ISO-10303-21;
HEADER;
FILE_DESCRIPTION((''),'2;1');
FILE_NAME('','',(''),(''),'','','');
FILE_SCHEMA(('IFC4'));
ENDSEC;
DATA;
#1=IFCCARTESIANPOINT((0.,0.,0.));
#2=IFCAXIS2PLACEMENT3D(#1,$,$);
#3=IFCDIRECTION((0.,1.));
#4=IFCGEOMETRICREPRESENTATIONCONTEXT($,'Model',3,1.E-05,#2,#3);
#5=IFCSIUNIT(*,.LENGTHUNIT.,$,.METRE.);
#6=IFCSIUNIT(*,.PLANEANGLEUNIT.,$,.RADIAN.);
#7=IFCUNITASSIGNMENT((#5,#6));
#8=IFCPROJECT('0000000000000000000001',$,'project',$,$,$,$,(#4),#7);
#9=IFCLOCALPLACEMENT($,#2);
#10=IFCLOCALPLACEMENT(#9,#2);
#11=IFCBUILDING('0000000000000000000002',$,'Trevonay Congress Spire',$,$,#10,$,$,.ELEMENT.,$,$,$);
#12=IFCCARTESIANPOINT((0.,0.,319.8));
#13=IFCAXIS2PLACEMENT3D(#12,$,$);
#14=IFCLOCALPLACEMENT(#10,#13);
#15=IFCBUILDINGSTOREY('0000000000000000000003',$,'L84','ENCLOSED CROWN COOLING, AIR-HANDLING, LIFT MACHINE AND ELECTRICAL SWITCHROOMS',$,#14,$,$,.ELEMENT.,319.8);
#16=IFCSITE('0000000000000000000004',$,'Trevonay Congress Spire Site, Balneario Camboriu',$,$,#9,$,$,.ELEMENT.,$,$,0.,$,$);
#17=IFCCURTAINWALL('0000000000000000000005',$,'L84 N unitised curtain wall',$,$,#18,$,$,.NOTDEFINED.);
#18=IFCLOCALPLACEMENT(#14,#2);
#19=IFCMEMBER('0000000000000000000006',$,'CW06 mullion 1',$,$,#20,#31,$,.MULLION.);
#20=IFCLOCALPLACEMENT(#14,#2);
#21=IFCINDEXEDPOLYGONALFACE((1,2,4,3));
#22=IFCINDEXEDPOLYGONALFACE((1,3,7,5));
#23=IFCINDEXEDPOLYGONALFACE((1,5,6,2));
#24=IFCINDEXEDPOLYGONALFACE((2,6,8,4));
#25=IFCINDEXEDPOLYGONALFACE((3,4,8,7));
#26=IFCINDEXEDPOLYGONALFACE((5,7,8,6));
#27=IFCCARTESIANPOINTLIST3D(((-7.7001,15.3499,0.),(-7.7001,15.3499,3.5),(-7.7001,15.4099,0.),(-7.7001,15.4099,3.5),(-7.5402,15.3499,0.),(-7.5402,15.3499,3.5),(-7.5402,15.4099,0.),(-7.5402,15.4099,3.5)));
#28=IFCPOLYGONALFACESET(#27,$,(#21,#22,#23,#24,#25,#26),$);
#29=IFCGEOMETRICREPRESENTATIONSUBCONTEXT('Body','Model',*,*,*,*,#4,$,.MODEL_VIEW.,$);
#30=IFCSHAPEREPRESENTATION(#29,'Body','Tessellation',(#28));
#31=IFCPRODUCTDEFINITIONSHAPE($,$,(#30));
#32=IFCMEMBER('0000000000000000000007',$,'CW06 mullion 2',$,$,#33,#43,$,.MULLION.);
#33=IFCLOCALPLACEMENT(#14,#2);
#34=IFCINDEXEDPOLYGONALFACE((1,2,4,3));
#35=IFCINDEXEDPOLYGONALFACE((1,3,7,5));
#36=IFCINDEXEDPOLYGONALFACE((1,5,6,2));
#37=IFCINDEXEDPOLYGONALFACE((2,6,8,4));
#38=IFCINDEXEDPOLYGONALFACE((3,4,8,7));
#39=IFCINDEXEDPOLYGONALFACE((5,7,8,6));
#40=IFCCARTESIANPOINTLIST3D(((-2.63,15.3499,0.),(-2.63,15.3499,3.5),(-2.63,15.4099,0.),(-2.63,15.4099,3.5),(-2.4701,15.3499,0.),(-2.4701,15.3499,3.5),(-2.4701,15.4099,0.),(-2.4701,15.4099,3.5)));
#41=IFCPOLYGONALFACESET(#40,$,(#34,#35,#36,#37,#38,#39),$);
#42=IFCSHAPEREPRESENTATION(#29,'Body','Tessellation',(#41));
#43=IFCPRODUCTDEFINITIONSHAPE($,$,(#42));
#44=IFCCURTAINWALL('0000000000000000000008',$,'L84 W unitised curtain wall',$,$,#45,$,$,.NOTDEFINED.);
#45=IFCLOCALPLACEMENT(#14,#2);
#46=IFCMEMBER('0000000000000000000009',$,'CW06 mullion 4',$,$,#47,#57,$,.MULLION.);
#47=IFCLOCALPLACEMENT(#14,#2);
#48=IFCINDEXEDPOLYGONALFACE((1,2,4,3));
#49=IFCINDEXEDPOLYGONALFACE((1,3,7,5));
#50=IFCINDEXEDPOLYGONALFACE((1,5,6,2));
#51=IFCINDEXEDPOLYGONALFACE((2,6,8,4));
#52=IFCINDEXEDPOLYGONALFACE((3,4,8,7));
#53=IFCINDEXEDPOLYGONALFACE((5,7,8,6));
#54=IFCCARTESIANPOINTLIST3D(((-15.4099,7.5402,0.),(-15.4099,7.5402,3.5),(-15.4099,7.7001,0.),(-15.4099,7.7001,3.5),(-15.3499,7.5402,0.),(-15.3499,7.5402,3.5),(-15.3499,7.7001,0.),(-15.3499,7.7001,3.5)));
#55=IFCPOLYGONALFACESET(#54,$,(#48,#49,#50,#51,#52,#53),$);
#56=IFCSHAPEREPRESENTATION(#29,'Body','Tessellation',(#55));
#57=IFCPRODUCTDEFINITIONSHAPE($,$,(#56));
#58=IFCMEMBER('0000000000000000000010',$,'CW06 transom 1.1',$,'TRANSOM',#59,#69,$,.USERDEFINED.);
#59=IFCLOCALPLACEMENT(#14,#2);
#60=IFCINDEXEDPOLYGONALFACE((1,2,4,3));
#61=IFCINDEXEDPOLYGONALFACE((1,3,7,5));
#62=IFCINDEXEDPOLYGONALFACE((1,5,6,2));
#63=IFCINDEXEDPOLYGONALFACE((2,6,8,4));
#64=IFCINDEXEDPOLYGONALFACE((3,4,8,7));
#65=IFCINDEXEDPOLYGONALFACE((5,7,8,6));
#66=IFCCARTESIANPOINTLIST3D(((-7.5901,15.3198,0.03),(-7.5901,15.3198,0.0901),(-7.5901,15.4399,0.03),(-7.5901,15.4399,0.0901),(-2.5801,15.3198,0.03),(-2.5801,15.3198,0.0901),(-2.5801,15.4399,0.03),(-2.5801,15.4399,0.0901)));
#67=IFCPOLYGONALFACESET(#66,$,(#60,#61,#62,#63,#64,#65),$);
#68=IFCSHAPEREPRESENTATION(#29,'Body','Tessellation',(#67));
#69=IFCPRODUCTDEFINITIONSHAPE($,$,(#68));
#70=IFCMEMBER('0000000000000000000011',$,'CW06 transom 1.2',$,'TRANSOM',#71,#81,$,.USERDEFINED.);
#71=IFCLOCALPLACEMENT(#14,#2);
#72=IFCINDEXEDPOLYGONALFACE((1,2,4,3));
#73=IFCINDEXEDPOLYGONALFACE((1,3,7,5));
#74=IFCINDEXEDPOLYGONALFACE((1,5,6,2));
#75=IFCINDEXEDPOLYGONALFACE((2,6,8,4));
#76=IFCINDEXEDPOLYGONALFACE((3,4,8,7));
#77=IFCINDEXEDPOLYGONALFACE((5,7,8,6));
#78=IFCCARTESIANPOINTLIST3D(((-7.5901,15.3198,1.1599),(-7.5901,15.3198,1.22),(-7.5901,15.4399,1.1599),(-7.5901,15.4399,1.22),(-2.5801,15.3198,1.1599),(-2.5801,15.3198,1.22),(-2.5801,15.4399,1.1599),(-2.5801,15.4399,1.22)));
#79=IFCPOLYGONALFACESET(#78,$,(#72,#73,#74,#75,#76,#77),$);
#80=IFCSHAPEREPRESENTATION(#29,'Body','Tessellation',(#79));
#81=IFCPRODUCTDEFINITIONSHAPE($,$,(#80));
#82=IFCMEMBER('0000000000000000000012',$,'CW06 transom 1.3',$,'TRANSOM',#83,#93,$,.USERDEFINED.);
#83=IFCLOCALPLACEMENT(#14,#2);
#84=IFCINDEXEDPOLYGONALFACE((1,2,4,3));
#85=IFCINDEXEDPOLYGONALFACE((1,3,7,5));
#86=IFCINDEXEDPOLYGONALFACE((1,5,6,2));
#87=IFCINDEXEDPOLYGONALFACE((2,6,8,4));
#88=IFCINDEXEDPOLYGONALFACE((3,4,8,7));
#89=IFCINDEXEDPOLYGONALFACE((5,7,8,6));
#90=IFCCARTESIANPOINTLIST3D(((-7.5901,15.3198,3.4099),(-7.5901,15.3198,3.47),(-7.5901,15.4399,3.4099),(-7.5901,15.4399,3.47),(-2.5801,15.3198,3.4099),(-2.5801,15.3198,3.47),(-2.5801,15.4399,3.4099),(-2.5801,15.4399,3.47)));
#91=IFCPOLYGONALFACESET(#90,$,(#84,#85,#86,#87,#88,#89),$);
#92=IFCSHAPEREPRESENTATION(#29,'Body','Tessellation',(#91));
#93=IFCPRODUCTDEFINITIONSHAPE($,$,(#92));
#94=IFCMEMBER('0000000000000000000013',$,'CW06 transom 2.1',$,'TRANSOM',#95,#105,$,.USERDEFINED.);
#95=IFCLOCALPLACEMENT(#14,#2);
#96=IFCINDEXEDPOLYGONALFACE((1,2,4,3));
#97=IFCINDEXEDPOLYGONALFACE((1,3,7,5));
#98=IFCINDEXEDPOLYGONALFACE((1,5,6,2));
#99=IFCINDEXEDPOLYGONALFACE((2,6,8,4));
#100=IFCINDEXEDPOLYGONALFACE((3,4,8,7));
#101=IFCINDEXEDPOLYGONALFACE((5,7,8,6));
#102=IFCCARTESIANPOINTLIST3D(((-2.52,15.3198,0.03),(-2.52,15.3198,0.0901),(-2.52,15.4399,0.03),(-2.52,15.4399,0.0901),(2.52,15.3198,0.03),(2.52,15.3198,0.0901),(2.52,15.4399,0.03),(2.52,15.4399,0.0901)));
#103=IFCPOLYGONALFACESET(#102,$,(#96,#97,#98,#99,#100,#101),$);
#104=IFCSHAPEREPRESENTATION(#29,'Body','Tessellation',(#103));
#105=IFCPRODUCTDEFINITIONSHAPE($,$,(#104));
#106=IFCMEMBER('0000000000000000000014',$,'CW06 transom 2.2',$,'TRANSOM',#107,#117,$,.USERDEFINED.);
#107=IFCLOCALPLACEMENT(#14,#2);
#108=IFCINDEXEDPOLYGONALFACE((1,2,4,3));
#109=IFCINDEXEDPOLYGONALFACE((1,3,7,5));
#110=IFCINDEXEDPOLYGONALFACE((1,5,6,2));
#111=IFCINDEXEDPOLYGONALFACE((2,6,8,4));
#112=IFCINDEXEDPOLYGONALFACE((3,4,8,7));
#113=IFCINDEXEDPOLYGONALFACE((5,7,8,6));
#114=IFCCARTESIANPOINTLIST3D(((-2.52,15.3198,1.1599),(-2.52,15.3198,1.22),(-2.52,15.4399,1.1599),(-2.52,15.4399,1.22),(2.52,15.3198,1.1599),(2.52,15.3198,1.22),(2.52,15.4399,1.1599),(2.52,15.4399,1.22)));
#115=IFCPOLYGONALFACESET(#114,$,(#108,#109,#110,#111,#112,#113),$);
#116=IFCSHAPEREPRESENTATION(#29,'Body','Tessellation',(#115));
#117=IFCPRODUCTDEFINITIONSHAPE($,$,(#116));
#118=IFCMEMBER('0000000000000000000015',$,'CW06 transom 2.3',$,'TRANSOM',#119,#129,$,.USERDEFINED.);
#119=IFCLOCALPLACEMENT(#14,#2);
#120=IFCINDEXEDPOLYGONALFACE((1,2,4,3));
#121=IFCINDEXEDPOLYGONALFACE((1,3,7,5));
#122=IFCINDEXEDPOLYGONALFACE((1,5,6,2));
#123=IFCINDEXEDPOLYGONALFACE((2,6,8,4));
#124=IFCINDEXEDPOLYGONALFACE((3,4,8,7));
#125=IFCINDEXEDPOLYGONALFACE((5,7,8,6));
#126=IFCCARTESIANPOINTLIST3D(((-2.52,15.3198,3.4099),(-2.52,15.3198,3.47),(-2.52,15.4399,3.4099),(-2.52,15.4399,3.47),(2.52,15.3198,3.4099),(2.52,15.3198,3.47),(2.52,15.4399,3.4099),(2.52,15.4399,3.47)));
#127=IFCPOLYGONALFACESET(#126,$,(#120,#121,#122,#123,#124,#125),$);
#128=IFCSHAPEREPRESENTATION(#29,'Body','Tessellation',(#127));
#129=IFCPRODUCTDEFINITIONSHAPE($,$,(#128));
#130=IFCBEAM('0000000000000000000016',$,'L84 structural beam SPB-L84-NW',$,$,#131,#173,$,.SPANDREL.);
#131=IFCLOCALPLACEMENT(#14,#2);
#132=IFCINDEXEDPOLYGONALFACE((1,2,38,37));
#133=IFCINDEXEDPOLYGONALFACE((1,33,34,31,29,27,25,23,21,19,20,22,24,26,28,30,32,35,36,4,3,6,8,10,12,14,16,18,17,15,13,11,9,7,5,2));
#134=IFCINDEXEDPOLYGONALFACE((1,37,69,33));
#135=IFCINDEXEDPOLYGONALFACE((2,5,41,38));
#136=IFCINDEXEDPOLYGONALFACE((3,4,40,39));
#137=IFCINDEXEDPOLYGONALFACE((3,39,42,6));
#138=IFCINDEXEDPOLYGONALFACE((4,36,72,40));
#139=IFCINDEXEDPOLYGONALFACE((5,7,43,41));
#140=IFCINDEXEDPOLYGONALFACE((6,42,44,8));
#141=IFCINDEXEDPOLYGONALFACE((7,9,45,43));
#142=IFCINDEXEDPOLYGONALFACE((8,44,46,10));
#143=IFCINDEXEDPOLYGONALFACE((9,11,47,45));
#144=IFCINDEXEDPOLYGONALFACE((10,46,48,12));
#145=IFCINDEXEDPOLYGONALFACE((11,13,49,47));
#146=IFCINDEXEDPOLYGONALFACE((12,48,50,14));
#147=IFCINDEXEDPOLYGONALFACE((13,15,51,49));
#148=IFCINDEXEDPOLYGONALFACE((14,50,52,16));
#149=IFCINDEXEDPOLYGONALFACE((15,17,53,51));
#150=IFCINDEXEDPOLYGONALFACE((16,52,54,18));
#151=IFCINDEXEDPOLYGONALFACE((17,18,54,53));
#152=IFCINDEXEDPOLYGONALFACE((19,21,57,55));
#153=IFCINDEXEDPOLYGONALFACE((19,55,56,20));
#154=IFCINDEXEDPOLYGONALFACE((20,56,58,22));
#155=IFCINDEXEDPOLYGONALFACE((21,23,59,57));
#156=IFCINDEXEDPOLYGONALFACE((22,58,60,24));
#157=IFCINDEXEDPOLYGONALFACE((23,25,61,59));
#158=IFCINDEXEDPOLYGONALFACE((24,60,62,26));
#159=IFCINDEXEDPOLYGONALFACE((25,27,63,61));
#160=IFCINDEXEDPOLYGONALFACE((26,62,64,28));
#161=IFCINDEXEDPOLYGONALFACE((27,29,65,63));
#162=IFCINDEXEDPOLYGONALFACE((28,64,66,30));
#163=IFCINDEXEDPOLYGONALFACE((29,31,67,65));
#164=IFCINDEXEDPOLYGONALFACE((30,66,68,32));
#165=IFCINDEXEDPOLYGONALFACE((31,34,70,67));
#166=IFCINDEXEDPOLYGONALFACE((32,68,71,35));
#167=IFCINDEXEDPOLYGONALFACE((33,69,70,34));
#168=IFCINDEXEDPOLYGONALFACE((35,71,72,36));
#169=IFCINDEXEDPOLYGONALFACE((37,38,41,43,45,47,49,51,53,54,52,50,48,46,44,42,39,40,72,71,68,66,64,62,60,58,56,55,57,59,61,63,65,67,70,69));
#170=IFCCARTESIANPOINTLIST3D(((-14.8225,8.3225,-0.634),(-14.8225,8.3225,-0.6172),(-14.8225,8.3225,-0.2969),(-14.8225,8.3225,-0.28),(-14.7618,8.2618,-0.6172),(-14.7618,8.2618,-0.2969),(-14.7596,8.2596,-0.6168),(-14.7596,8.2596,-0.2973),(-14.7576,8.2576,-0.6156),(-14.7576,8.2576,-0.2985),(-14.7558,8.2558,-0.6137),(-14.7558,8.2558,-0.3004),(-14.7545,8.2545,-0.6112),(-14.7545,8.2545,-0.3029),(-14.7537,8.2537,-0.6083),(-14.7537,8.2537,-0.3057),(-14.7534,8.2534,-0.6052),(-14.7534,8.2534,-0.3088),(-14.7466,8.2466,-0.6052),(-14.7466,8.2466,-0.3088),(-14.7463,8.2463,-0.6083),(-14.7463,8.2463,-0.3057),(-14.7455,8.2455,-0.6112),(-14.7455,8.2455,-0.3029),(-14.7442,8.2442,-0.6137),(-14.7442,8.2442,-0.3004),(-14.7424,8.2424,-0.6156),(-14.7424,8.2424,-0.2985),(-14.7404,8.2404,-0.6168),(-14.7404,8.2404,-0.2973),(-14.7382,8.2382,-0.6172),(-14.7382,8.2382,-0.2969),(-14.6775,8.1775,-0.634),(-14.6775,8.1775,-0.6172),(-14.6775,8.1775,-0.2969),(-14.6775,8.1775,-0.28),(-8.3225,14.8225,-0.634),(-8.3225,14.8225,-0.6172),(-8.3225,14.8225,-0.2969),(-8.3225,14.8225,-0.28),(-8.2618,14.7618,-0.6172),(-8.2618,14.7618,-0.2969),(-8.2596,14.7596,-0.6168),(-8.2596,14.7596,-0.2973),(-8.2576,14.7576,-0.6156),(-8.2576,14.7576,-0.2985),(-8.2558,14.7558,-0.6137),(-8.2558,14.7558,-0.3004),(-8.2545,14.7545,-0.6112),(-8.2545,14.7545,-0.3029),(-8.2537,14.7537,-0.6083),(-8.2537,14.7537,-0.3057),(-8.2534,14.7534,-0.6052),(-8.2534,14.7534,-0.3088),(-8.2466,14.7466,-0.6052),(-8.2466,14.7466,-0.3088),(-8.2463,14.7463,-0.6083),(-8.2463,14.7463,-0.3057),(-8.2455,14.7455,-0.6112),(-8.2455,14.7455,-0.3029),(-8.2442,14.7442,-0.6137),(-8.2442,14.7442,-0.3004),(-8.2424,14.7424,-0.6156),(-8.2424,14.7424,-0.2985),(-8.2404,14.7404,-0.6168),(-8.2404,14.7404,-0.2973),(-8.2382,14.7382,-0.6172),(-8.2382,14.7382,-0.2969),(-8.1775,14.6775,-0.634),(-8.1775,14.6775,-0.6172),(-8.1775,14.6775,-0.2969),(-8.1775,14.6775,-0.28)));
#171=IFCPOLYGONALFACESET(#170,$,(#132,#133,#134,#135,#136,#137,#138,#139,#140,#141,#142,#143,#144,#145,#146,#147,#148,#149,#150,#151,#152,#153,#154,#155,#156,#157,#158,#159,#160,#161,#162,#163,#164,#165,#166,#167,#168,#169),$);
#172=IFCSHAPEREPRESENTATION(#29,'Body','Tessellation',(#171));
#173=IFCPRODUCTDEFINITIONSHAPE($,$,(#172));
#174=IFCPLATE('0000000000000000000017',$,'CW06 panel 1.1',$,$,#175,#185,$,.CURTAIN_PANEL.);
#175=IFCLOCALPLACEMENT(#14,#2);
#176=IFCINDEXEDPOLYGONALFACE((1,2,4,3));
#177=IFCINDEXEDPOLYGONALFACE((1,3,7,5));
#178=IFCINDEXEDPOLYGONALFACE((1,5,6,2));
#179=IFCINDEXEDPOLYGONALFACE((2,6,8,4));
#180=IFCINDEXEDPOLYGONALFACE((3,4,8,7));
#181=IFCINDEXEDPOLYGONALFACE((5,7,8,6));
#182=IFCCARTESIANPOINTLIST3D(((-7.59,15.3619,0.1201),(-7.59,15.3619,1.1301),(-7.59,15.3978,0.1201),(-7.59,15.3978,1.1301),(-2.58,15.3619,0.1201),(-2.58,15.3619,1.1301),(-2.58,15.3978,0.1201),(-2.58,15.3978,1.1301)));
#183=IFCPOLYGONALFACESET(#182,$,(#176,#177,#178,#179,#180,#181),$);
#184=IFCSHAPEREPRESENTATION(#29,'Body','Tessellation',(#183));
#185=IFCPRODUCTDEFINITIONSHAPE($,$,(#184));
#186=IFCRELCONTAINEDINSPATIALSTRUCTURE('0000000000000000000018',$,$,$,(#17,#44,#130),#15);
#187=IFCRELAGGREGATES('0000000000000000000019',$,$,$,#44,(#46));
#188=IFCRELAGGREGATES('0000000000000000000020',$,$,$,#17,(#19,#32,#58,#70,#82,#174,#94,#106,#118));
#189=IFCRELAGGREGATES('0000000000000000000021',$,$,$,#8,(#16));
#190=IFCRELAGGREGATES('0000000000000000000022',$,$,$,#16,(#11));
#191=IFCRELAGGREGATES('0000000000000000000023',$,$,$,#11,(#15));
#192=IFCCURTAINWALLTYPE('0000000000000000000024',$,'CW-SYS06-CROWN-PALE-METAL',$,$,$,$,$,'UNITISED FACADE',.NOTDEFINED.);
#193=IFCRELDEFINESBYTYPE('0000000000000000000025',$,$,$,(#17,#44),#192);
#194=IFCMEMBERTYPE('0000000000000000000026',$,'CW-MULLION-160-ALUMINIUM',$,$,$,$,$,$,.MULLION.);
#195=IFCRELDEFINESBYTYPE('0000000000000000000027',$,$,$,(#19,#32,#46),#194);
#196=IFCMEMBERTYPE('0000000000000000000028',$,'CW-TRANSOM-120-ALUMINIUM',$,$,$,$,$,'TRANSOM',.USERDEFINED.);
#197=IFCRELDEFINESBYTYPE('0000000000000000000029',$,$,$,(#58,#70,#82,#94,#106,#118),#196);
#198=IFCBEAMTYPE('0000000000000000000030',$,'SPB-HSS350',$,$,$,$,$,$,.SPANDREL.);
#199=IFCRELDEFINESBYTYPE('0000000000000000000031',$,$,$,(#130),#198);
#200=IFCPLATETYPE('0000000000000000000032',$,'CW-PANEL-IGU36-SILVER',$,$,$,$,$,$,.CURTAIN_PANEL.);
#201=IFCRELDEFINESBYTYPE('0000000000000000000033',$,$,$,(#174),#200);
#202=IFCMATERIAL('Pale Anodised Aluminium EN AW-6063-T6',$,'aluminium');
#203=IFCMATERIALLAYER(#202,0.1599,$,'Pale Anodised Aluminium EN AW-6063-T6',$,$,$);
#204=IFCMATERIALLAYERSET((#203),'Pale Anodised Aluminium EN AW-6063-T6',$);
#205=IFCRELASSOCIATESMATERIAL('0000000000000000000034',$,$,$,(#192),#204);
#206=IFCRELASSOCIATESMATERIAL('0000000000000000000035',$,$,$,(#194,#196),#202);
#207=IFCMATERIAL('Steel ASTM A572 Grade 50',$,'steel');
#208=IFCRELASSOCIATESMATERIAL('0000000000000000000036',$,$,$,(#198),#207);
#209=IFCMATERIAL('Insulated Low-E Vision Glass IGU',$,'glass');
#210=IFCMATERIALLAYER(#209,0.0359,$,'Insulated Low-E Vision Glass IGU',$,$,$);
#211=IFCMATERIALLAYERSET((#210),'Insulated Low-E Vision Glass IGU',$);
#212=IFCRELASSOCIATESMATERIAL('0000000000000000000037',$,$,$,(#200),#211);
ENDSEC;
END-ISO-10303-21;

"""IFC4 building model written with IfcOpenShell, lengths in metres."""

from ifc_helpers import new_model, si_unit, direction, frame, origin, origin_2d, place, context, subcontext, project, spatial, rectangle, i_section, extrude, material, layer, layer_set, material_profile, profile_set, type_object, element, aggregate, save


model = new_model("IFC4")

# Units and contexts
model_context = context("Model", 3, precision=1e-05, world=origin(), true_north=direction((0.0, 1.0)))
body_context = subcontext(model_context, "Body", "Model", "MODEL_VIEW")
ifc_project = project(units=[si_unit("LENGTHUNIT", "METRE"), si_unit("PLANEANGLEUNIT", "RADIAN")], contexts=[model_context])

# Site, building, storey
site_placement = place(None, origin())
site = spatial("IfcSite", under=ifc_project, at=site_placement, Name="Trevonay Congress Spire Site, Balneario Camboriu", CompositionType="ELEMENT", RefElevation=0.0)
building_placement = place(site_placement, origin())
building = spatial("IfcBuilding", under=site, at=building_placement, Name="Trevonay Congress Spire", CompositionType="ELEMENT")
storey_placement = place(building_placement, frame((0.0, 0.0, 319.8)))
storey = spatial("IfcBuildingStorey", under=building, at=storey_placement, Name="L84", Description="ENCLOSED CROWN COOLING, AIR-HANDLING, LIFT MACHINE AND ELECTRICAL SWITCHROOMS", CompositionType="ELEMENT", Elevation=319.8)

# Shared definitions
ifc_material_1 = material(Name="Steel ASTM A572 Grade 50", Category="steel")

# Curtain wall, members
ifc_material_2 = material(Name="Pale Anodised Aluminium EN AW-6063-T6", Category="aluminium")
ifc_layer_1 = layer(ifc_material_2, 0.1599, Name="Pale Anodised Aluminium EN AW-6063-T6")
ifc_layer_set_1 = layer_set([ifc_layer_1], Name="Pale Anodised Aluminium EN AW-6063-T6")
curtain_wall_type = type_object("IfcCurtainWallType", Name="CW-SYS06-CROWN-PALE-METAL", ElementType="UNITISED FACADE", PredefinedType="NOTDEFINED", material=ifc_layer_set_1)
curtain_wall_1_placement = place(storey_placement, origin())
curtain_wall_1 = element("IfcCurtainWall", 1, at=curtain_wall_1_placement, inside=storey, type_object=curtain_wall_type, Name="L84 N unitised curtain wall", PredefinedType="NOTDEFINED")
ifc_material_profile_1 = material_profile(ifc_material_2, rectangle(XDim=0.0601, YDim=0.1599, at=origin_2d()), Name="CW-MULLION-160-ALUMINIUM")
ifc_profile_set_1 = profile_set([ifc_material_profile_1], Name="Pale Anodised Aluminium EN AW-6063-T6")
member_type_1 = type_object("IfcMemberType", Name="CW-MULLION-160-ALUMINIUM", PredefinedType="MULLION", material=ifc_profile_set_1)
member_1_placement = place(storey_placement, frame((-7.6201, 15.3799, 0.0), z_axis=(0.0, 0.0, 1.0), x_axis=(0.0, 1.0, 0.0)))
member_1 = element("IfcMember", 2, at=member_1_placement, type_object=member_type_1, Name="CW06 mullion 1", PredefinedType="MULLION", context=body_context, shape_type="SweptSolid", body=[
    extrude(rectangle(XDim=0.0601, YDim=0.1599, at=origin_2d()), origin(), (0.0, 0.0, 1.0), 3.5),
])
member_2_placement = place(storey_placement, frame((-2.55, 15.3799, 0.0), z_axis=(0.0, 0.0, 1.0), x_axis=(0.0, 1.0, 0.0)))
member_2 = element("IfcMember", 3, at=member_2_placement, type_object=member_type_1, Name="CW06 mullion 2", PredefinedType="MULLION", context=body_context, shape_type="SweptSolid", body=[
    extrude(rectangle(XDim=0.0601, YDim=0.1599, at=origin_2d()), origin(), (0.0, 0.0, 1.0), 3.5),
])

# Curtain wall, member
curtain_wall_2_placement = place(storey_placement, origin())
curtain_wall_2 = element("IfcCurtainWall", 4, at=curtain_wall_2_placement, inside=storey, type_object=curtain_wall_type, Name="L84 W unitised curtain wall", PredefinedType="NOTDEFINED")
member_3_placement = place(storey_placement, frame((-15.3799, 7.6201, 0.0), z_axis=(0.0, 0.0, 1.0), x_axis=(-1.0, 0.0, 0.0)))
member_3 = element("IfcMember", 5, at=member_3_placement, type_object=member_type_1, Name="CW06 mullion 4", PredefinedType="MULLION", context=body_context, shape_type="SweptSolid", body=[
    extrude(rectangle(XDim=0.0601, YDim=0.1599, at=origin_2d()), origin(), (0.0, 0.0, 1.0), 3.5),
])
aggregate(curtain_wall_2, [member_3])

# Members
ifc_material_profile_2 = material_profile(ifc_material_2, rectangle(XDim=0.1201, YDim=0.0601, at=origin_2d()), Name="CW-TRANSOM-120-ALUMINIUM")
ifc_profile_set_2 = profile_set([ifc_material_profile_2], Name="Pale Anodised Aluminium EN AW-6063-T6")
member_type_2 = type_object("IfcMemberType", Name="CW-TRANSOM-120-ALUMINIUM", ElementType="TRANSOM", PredefinedType="USERDEFINED", material=ifc_profile_set_2)
member_4_placement = place(storey_placement, frame((-7.5901, 15.3799, 0.0601), z_axis=(1.0, 0.0, 0.0), x_axis=(0.0, 1.0, 0.0)))
member_4 = element("IfcMember", 6, at=member_4_placement, type_object=member_type_2, Name="CW06 transom 1.1", ObjectType="TRANSOM", PredefinedType="USERDEFINED", context=body_context, shape_type="SweptSolid", body=[
    extrude(rectangle(XDim=0.1201, YDim=0.0601, at=origin_2d()), origin(), (0.0, 0.0, 1.0), 5.01),
])
member_5_placement = place(storey_placement, frame((-7.5901, 15.3799, 1.1899), z_axis=(1.0, 0.0, 0.0), x_axis=(0.0, 1.0, 0.0)))
member_5 = element("IfcMember", 7, at=member_5_placement, type_object=member_type_2, Name="CW06 transom 1.2", ObjectType="TRANSOM", PredefinedType="USERDEFINED", context=body_context, shape_type="SweptSolid", body=[
    extrude(rectangle(XDim=0.1201, YDim=0.0601, at=origin_2d()), origin(), (0.0, 0.0, 1.0), 5.01),
])
member_6_placement = place(storey_placement, frame((-7.5901, 15.3799, 3.4399), z_axis=(1.0, 0.0, 0.0), x_axis=(0.0, 1.0, 0.0)))
member_6 = element("IfcMember", 8, at=member_6_placement, type_object=member_type_2, Name="CW06 transom 1.3", ObjectType="TRANSOM", PredefinedType="USERDEFINED", context=body_context, shape_type="SweptSolid", body=[
    extrude(rectangle(XDim=0.1201, YDim=0.0601, at=origin_2d()), origin(), (0.0, 0.0, 1.0), 5.01),
])
member_7_placement = place(storey_placement, frame((-2.52, 15.3799, 0.0601), z_axis=(1.0, 0.0, 0.0), x_axis=(0.0, 1.0, 0.0)))
member_7 = element("IfcMember", 9, at=member_7_placement, type_object=member_type_2, Name="CW06 transom 2.1", ObjectType="TRANSOM", PredefinedType="USERDEFINED", context=body_context, shape_type="SweptSolid", body=[
    extrude(rectangle(XDim=0.1201, YDim=0.0601, at=origin_2d()), origin(), (0.0, 0.0, 1.0), 5.04),
])
member_8_placement = place(storey_placement, frame((-2.52, 15.3799, 1.1899), z_axis=(1.0, 0.0, 0.0), x_axis=(0.0, 1.0, 0.0)))
member_8 = element("IfcMember", 10, at=member_8_placement, type_object=member_type_2, Name="CW06 transom 2.2", ObjectType="TRANSOM", PredefinedType="USERDEFINED", context=body_context, shape_type="SweptSolid", body=[
    extrude(rectangle(XDim=0.1201, YDim=0.0601, at=origin_2d()), origin(), (0.0, 0.0, 1.0), 5.04),
])
member_9_placement = place(storey_placement, frame((-2.52, 15.3799, 3.4399), z_axis=(1.0, 0.0, 0.0), x_axis=(0.0, 1.0, 0.0)))
member_9 = element("IfcMember", 11, at=member_9_placement, type_object=member_type_2, Name="CW06 transom 2.3", ObjectType="TRANSOM", PredefinedType="USERDEFINED", context=body_context, shape_type="SweptSolid", body=[
    extrude(rectangle(XDim=0.1201, YDim=0.0601, at=origin_2d()), origin(), (0.0, 0.0, 1.0), 5.04),
])

# Beam
ifc_material_profile_3 = material_profile(ifc_material_1, i_section(OverallWidth=0.2051, OverallDepth=0.354, WebThickness=0.0095, FlangeThickness=0.0168, FilletRadius=0.012, at=origin_2d()), Name="W360x79")
ifc_profile_set_3 = profile_set([ifc_material_profile_3], Name="Steel ASTM A572 Grade 50")
beam_type_1 = type_object("IfcBeamType", Name="SPB-HSS350", PredefinedType="SPANDREL", material=ifc_profile_set_3)
beam_1_placement = place(storey_placement, frame((-8.25, 14.75, -0.457), z_axis=(-0.707107, -0.707107, 0.0), x_axis=(0.707107, -0.707107, 0.0)))
element("IfcBeam", 12, at=beam_1_placement, inside=storey, type_object=beam_type_1, Name="L84 structural beam SPB-L84-NW", PredefinedType="SPANDREL", context=body_context, shape_type="SweptSolid", body=[
    extrude(i_section(OverallWidth=0.2051, OverallDepth=0.354, WebThickness=0.0095, FlangeThickness=0.0168, FilletRadius=0.012, at=origin_2d()), origin(), (0.0, 0.0, 1.0), 9.1924),
])

# Plate
ifc_material_3 = material(Name="Insulated Low-E Vision Glass IGU", Category="glass")
ifc_layer_2 = layer(ifc_material_3, 0.0359, Name="Insulated Low-E Vision Glass IGU")
ifc_layer_set_2 = layer_set([ifc_layer_2], Name="Insulated Low-E Vision Glass IGU")
plate_type = type_object("IfcPlateType", Name="CW-PANEL-IGU36-SILVER", PredefinedType="CURTAIN_PANEL", material=ifc_layer_set_2)
plate_1_placement = place(storey_placement, frame((-5.085, 15.3799, 0.1201), z_axis=(0.0, 0.0, 1.0), x_axis=(1.0, 0.0, 0.0)))
plate_1 = element("IfcPlate", 13, at=plate_1_placement, type_object=plate_type, Name="CW06 panel 1.1", PredefinedType="CURTAIN_PANEL", context=body_context, shape_type="SweptSolid", body=[
    extrude(rectangle(XDim=5.01, YDim=0.0359, at=origin_2d()), origin(), (0.0, 0.0, 1.0), 1.01),
])
aggregate(curtain_wall_1, [member_1, member_2, member_4, member_5, member_6, plate_1, member_7, member_8, member_9])

save(model, "model.ifc")
